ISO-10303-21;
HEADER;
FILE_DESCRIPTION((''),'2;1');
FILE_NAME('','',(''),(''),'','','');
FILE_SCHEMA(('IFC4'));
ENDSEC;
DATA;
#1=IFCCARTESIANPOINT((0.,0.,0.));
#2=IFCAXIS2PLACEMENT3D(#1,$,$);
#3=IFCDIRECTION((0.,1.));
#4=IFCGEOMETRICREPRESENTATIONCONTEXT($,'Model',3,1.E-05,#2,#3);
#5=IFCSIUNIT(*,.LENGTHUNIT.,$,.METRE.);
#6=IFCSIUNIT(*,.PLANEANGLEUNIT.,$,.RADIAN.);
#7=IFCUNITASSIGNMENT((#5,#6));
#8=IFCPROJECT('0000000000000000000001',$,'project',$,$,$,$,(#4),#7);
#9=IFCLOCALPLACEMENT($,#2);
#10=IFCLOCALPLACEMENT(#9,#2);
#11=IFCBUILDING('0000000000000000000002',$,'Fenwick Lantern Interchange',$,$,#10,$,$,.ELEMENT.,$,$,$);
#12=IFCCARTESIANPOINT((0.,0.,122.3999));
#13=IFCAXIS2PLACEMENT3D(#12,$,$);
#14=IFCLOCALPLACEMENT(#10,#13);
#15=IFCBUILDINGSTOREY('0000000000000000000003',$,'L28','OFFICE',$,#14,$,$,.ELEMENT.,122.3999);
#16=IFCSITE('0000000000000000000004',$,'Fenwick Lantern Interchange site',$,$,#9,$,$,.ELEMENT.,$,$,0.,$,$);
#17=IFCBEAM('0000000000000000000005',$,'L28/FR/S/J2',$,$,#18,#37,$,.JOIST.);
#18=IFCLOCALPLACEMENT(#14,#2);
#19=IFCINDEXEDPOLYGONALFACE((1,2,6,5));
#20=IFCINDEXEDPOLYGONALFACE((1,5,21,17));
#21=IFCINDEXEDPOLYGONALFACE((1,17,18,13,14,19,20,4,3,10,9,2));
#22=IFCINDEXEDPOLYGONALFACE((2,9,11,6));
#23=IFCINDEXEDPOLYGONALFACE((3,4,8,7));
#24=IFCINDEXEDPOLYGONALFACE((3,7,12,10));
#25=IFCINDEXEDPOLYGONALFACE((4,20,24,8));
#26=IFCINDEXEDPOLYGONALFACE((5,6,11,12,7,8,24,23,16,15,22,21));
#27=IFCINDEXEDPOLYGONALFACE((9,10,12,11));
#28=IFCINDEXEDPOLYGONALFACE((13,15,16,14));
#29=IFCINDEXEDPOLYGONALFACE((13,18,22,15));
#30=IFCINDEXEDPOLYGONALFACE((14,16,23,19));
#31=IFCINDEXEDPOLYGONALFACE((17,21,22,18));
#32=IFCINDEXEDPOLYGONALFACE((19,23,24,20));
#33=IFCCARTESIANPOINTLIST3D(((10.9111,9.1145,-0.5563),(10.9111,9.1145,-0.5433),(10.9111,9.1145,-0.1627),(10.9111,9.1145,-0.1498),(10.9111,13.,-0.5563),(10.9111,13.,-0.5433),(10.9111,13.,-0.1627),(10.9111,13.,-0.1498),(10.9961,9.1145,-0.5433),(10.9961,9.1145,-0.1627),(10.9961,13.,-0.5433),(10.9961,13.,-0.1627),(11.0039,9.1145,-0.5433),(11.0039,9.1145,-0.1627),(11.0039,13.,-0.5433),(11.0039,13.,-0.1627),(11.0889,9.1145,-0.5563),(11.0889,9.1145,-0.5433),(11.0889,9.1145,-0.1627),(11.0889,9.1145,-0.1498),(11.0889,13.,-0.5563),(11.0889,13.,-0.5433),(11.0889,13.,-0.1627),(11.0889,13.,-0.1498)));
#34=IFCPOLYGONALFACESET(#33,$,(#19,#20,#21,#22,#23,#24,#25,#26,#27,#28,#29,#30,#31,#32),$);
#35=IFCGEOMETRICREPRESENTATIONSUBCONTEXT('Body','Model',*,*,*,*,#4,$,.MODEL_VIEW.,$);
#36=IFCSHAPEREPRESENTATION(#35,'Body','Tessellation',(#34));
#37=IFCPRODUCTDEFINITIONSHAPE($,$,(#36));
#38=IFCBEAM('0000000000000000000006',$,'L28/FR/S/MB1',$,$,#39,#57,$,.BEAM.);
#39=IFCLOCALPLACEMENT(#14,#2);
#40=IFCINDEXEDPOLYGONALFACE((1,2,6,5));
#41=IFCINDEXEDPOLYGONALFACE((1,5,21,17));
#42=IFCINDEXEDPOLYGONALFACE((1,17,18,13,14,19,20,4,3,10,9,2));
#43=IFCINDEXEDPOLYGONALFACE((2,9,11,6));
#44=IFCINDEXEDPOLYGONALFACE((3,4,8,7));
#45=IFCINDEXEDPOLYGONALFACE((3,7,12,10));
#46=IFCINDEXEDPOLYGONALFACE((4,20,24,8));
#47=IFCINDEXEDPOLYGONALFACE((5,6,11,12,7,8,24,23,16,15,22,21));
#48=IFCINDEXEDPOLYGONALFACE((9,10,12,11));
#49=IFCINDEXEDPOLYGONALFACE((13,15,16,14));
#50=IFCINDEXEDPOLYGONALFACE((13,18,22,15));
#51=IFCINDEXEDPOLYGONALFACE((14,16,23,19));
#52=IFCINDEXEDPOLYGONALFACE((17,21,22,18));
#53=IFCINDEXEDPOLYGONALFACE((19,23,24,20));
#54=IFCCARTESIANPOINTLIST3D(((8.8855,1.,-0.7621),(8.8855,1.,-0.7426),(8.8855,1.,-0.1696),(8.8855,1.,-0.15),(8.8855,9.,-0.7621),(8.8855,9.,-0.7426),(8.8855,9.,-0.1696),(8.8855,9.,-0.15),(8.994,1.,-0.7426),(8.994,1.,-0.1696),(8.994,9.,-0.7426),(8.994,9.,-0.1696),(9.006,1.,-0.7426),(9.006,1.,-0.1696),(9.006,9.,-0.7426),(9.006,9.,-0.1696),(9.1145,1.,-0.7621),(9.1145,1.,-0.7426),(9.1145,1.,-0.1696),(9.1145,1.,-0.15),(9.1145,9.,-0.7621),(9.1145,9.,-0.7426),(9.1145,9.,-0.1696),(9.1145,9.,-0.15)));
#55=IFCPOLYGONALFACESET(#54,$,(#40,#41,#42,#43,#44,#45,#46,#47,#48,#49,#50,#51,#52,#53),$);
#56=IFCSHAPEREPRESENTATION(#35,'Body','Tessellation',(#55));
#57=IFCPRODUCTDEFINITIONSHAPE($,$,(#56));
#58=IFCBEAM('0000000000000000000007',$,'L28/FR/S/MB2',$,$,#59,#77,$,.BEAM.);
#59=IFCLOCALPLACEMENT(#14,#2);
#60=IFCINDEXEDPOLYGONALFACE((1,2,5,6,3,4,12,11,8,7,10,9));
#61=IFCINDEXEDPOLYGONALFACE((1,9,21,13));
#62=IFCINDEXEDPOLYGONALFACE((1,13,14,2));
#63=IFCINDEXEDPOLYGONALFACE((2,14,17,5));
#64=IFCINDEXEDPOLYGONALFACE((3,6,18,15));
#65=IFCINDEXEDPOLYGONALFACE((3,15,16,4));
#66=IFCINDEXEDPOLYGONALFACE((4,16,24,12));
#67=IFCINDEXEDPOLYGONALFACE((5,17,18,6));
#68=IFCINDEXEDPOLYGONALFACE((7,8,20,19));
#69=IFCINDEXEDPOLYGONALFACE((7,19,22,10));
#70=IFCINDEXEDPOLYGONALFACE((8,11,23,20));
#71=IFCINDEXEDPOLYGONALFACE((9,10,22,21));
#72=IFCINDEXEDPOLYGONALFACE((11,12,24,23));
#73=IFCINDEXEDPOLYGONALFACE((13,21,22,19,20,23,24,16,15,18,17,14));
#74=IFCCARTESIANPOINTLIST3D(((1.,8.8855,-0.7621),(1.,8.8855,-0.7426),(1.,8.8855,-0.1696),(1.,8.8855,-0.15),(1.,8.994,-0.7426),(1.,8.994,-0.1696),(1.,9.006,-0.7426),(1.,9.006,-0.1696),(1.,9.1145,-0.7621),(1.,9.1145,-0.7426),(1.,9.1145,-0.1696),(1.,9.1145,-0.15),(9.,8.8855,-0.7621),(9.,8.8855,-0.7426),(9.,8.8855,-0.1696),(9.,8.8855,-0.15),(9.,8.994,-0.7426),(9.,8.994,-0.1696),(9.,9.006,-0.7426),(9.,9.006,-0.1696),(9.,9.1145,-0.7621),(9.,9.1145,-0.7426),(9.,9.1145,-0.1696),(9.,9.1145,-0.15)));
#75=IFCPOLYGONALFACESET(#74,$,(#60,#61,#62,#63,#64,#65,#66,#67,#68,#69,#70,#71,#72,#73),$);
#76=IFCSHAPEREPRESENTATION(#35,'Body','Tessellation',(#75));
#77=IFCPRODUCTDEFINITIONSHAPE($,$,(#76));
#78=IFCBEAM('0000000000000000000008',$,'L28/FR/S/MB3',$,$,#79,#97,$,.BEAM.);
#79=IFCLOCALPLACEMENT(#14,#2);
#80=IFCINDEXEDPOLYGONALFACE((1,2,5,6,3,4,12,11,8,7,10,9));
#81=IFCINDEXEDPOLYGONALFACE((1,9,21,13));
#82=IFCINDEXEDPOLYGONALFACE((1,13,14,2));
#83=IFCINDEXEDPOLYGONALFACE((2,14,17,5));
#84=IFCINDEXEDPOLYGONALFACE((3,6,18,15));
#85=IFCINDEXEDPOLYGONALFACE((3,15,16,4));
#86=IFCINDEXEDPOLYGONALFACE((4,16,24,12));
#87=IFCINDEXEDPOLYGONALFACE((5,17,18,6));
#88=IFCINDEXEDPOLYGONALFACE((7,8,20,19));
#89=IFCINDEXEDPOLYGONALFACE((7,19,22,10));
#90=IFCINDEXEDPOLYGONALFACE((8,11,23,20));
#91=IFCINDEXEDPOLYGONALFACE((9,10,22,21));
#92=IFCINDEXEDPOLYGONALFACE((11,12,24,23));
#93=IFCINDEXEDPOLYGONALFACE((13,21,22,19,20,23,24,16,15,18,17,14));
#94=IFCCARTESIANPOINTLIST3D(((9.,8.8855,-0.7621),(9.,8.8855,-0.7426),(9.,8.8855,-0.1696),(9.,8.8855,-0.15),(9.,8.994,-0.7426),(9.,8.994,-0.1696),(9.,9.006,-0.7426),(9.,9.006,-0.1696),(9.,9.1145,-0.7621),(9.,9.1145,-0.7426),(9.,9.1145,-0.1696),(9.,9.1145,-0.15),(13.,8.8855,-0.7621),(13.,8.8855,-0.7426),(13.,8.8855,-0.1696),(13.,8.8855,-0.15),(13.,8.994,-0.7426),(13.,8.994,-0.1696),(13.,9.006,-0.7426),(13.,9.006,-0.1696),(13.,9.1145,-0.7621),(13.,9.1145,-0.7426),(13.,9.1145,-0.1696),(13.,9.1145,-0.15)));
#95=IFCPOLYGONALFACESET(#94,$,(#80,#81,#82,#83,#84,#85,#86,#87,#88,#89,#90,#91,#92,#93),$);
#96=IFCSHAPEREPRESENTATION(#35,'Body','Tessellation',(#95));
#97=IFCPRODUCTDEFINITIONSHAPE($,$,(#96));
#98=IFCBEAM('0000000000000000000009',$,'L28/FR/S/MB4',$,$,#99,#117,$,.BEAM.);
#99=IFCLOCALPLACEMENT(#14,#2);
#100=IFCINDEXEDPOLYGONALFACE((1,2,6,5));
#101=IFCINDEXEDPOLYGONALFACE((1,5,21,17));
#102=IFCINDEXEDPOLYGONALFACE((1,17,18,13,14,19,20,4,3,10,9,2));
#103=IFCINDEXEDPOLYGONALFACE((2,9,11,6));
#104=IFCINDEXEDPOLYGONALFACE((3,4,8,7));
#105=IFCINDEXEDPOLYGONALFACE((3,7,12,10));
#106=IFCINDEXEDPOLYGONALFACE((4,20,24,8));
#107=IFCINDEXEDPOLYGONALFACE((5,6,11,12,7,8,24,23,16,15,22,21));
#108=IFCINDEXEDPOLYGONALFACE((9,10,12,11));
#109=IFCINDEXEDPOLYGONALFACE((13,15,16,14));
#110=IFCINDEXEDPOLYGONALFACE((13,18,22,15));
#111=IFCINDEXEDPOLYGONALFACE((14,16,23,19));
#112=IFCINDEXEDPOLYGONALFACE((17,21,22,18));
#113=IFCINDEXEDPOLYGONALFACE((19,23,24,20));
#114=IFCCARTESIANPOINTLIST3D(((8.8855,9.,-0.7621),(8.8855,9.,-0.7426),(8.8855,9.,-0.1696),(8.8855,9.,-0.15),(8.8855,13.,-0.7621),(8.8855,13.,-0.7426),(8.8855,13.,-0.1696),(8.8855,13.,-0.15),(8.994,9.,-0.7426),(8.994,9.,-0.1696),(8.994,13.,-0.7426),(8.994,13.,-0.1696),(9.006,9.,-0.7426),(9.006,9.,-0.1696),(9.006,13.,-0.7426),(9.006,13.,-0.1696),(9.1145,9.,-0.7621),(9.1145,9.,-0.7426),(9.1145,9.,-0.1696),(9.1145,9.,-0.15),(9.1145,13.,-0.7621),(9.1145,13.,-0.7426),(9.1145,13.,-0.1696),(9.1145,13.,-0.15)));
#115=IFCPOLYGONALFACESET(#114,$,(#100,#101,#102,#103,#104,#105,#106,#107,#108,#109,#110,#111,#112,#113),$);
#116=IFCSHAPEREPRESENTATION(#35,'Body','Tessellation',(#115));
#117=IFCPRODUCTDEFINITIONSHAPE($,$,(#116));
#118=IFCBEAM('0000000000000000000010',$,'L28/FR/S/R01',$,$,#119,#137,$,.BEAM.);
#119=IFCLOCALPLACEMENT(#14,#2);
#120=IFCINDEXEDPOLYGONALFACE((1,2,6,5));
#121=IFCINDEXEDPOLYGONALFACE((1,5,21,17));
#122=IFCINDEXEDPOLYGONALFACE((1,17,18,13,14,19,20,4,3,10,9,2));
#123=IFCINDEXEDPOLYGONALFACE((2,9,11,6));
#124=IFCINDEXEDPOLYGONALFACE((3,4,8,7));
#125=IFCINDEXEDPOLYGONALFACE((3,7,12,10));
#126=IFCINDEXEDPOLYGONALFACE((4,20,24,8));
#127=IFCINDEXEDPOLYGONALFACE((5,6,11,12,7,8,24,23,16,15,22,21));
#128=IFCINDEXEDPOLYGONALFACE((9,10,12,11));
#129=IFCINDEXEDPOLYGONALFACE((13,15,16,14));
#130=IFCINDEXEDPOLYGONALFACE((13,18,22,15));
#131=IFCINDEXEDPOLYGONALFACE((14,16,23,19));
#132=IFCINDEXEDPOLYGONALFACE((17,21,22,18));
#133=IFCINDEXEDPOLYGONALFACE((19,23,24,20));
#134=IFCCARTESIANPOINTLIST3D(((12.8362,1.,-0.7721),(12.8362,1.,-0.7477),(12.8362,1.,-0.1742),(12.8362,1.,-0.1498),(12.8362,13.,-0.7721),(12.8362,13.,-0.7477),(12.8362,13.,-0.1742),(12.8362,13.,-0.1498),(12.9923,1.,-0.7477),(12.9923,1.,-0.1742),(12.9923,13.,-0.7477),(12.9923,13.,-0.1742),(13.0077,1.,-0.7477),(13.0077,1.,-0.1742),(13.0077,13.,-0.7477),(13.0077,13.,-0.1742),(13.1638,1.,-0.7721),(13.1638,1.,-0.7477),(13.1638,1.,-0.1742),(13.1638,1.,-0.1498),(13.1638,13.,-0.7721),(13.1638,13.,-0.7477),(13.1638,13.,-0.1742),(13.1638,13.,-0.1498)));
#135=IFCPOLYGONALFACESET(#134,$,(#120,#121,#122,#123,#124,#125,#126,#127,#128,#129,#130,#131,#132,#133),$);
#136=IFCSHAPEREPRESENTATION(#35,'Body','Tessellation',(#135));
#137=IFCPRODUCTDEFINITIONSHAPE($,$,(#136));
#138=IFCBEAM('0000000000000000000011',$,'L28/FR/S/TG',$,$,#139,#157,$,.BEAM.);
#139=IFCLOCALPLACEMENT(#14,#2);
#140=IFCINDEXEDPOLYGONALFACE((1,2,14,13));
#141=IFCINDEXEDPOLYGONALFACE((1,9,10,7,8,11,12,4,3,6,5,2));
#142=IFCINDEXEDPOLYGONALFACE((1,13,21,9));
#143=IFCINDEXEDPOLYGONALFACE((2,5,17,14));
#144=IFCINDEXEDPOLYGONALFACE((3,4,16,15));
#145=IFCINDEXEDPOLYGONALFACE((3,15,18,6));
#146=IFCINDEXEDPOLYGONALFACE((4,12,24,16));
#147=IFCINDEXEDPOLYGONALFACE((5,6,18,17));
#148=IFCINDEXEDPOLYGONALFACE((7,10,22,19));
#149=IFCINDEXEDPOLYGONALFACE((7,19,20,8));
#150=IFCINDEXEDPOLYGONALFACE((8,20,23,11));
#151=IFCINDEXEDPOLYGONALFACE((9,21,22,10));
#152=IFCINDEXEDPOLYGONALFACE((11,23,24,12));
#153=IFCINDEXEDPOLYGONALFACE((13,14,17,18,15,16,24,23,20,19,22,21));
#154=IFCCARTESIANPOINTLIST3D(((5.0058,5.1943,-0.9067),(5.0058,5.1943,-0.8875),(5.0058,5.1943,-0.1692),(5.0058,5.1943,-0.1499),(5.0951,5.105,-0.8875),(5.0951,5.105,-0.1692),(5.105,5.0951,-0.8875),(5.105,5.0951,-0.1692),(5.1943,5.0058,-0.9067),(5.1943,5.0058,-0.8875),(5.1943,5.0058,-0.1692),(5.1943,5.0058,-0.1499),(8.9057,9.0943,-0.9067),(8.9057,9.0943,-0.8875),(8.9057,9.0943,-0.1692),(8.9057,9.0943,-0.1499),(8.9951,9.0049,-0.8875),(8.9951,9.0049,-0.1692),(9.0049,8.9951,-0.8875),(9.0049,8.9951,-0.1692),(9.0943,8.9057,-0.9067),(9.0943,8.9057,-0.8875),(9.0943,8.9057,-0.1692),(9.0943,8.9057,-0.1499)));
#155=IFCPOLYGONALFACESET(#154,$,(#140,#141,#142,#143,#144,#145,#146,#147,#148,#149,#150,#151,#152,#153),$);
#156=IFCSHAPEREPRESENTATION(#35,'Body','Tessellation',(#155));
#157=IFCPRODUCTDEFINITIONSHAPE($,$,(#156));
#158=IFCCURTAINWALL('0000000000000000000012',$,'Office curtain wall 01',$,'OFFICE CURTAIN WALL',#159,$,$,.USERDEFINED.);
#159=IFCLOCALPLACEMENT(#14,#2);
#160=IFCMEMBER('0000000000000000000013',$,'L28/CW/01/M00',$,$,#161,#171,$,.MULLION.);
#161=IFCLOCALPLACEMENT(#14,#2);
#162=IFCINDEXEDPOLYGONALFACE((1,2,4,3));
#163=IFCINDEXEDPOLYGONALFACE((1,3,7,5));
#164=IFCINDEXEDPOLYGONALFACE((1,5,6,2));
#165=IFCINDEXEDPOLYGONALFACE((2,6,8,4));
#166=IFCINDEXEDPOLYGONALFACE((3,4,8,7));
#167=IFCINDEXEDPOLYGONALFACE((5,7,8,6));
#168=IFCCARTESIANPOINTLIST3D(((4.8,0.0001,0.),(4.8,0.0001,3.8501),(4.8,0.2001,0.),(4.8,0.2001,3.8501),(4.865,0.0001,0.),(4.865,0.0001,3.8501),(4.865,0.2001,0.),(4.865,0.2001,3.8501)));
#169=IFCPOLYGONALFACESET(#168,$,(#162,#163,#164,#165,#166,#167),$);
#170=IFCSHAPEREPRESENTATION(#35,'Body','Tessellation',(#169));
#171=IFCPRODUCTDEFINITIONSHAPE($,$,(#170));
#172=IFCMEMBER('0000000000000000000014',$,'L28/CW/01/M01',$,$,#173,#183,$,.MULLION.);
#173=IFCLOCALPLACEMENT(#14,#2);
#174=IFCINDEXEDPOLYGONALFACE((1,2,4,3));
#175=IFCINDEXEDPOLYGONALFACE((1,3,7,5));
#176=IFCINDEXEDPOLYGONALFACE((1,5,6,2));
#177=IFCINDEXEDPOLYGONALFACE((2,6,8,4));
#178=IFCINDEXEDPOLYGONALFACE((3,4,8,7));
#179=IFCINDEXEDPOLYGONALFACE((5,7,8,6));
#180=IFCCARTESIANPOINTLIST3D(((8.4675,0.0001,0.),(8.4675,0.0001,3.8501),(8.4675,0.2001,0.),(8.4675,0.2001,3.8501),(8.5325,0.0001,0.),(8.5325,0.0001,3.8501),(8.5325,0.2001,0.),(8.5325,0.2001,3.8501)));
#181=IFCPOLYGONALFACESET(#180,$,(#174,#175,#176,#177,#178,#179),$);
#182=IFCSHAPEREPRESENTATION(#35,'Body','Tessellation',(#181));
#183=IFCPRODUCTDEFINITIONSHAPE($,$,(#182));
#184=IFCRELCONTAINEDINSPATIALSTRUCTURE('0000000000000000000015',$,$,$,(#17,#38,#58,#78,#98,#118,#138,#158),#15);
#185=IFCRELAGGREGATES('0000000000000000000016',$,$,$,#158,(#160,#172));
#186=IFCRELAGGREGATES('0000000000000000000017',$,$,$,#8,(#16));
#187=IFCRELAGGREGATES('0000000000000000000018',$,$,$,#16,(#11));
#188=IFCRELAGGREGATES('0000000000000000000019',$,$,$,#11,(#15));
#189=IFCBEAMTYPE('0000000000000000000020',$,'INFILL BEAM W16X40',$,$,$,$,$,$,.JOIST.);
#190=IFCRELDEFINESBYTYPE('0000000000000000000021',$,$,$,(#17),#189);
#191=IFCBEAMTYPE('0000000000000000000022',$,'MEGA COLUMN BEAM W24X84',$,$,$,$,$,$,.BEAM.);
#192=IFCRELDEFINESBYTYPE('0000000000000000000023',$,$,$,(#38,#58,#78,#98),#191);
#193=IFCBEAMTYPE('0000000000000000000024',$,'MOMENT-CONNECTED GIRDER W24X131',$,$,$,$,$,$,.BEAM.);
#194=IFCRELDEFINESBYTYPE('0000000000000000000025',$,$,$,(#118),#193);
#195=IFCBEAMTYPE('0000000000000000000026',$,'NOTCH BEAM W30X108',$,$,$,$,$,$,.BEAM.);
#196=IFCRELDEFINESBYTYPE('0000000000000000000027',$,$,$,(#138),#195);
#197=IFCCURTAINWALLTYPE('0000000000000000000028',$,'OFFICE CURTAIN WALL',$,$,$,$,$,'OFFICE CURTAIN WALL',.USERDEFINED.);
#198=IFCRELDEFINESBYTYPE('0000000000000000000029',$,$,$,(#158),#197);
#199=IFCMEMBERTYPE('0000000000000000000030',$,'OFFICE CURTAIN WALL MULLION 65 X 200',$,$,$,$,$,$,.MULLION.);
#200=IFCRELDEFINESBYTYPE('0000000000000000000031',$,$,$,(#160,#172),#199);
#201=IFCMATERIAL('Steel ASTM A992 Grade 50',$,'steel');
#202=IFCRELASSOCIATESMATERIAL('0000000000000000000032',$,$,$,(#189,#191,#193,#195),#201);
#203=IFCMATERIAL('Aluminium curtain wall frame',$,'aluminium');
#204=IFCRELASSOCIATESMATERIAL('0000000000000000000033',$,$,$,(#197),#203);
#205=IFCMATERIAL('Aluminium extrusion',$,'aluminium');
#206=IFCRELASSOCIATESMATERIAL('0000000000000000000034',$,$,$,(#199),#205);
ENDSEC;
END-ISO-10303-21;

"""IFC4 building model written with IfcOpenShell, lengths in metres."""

from ifc_helpers import new_model, si_unit, direction, frame, origin, origin_2d, place, context, subcontext, project, spatial, rectangle, i_section, extrude, material, material_profile, profile_set, type_object, element, aggregate, save


model = new_model("IFC4")

# Units and contexts
model_context = context("Model", 3, precision=1e-05, world=origin(), true_north=direction((0.0, 1.0)))
body_context = subcontext(model_context, "Body", "Model", "MODEL_VIEW")
ifc_project = project(units=[si_unit("LENGTHUNIT", "METRE"), si_unit("PLANEANGLEUNIT", "RADIAN")], contexts=[model_context])

# Site, building, storey
site_placement = place(None, origin())
site = spatial("IfcSite", under=ifc_project, at=site_placement, Name="Fenwick Lantern Interchange site", CompositionType="ELEMENT", RefElevation=0.0)
building_placement = place(site_placement, origin())
building = spatial("IfcBuilding", under=site, at=building_placement, Name="Fenwick Lantern Interchange", CompositionType="ELEMENT")
storey_placement = place(building_placement, frame((0.0, 0.0, 122.3999)))
storey = spatial("IfcBuildingStorey", under=building, at=storey_placement, Name="L28", Description="OFFICE", CompositionType="ELEMENT", Elevation=122.3999)

# Shared definitions
ifc_material_1 = material(Name="Steel ASTM A992 Grade 50", Category="steel")

# Beams
ifc_material_profile_1 = material_profile(ifc_material_1, i_section(OverallWidth=0.1777, OverallDepth=0.4065, WebThickness=0.0078, FlangeThickness=0.0129, at=origin_2d()), Name="W16X40")
ifc_profile_set_1 = profile_set([ifc_material_profile_1], Name="Steel ASTM A992 Grade 50")
beam_type_1 = type_object("IfcBeamType", Name="INFILL BEAM W16X40", PredefinedType="JOIST", material=ifc_profile_set_1)
beam_1_placement = place(storey_placement, frame((11.0, 9.1145, -0.353), z_axis=(0.0, 1.0, 0.0), x_axis=(-1.0, 0.0, 0.0)))
element("IfcBeam", 1, at=beam_1_placement, inside=storey, type_object=beam_type_1, Name="L28/FR/S/J2", PredefinedType="JOIST", context=body_context, shape_type="SweptSolid", body=[
    extrude(i_section(OverallWidth=0.1777, OverallDepth=0.4065, WebThickness=0.0078, FlangeThickness=0.0129, at=origin_2d()), origin(), (0.0, 0.0, 1.0), 3.8855),
])
ifc_material_profile_2 = material_profile(ifc_material_1, i_section(OverallWidth=0.229, OverallDepth=0.6121, WebThickness=0.012, FlangeThickness=0.0195, at=origin_2d()), Name="W24X84")
ifc_profile_set_2 = profile_set([ifc_material_profile_2], Name="Steel ASTM A992 Grade 50")
beam_type_2 = type_object("IfcBeamType", Name="MEGA COLUMN BEAM W24X84", PredefinedType="BEAM", material=ifc_profile_set_2)
for number, where, z_axis, x_axis, name in (
    (2, (9.0, 9.0, -0.4561), (0.0, -1.0, 0.0), (1.0, 0.0, 0.0), "L28/FR/S/MB1"),
    (3, (9.0, 9.0, -0.4561), (-1.0, 0.0, 0.0), (0.0, -1.0, 0.0), "L28/FR/S/MB2"),
):
    element("IfcBeam", number, at=place(storey_placement, frame(where, z_axis=z_axis, x_axis=x_axis)), inside=storey, type_object=beam_type_2, Name=name, PredefinedType="BEAM", context=body_context, shape_type="SweptSolid", body=[
        extrude(i_section(OverallWidth=0.229, OverallDepth=0.6121, WebThickness=0.012, FlangeThickness=0.0195, at=origin_2d()), origin(), (0.0, 0.0, 1.0), 8.0),
    ])
for number, where, z_axis, x_axis, name in (
    (4, (9.0, 9.0, -0.4561), (1.0, 0.0, 0.0), (0.0, 1.0, 0.0), "L28/FR/S/MB3"),
    (5, (9.0, 9.0, -0.4561), (0.0, 1.0, 0.0), (-1.0, 0.0, 0.0), "L28/FR/S/MB4"),
):
    element("IfcBeam", number, at=place(storey_placement, frame(where, z_axis=z_axis, x_axis=x_axis)), inside=storey, type_object=beam_type_2, Name=name, PredefinedType="BEAM", context=body_context, shape_type="SweptSolid", body=[
        extrude(i_section(OverallWidth=0.229, OverallDepth=0.6121, WebThickness=0.012, FlangeThickness=0.0195, at=origin_2d()), origin(), (0.0, 0.0, 1.0), 4.0),
    ])
ifc_material_profile_3 = material_profile(ifc_material_1, i_section(OverallWidth=0.3276, OverallDepth=0.6223, WebThickness=0.0154, FlangeThickness=0.0244, at=origin_2d()), Name="W24X131")
ifc_profile_set_3 = profile_set([ifc_material_profile_3], Name="Steel ASTM A992 Grade 50")
beam_type_3 = type_object("IfcBeamType", Name="MOMENT-CONNECTED GIRDER W24X131", PredefinedType="BEAM", material=ifc_profile_set_3)
beam_2_placement = place(storey_placement, frame((13.0, 1.0, -0.4609), z_axis=(0.0, 1.0, 0.0), x_axis=(-1.0, 0.0, 0.0)))
element("IfcBeam", 6, at=beam_2_placement, inside=storey, type_object=beam_type_3, Name="L28/FR/S/R01", PredefinedType="BEAM", context=body_context, shape_type="SweptSolid", body=[
    extrude(i_section(OverallWidth=0.3276, OverallDepth=0.6223, WebThickness=0.0154, FlangeThickness=0.0244, at=origin_2d()), origin(), (0.0, 0.0, 1.0), 12.0),
])
ifc_material_profile_4 = material_profile(ifc_material_1, i_section(OverallWidth=0.2666, OverallDepth=0.7568, WebThickness=0.0139, FlangeThickness=0.0193, at=origin_2d()), Name="W30X108")
ifc_profile_set_4 = profile_set([ifc_material_profile_4], Name="Steel ASTM A992 Grade 50")
beam_type_4 = type_object("IfcBeamType", Name="NOTCH BEAM W30X108", PredefinedType="BEAM", material=ifc_profile_set_4)
beam_3_placement = place(storey_placement, frame((9.0, 9.0, -0.5283), z_axis=(-0.707107, -0.707107, 0.0), x_axis=(0.707107, -0.707107, 0.0)))
element("IfcBeam", 7, at=beam_3_placement, inside=storey, type_object=beam_type_4, Name="L28/FR/S/TG", PredefinedType="BEAM", context=body_context, shape_type="SweptSolid", body=[
    extrude(i_section(OverallWidth=0.2666, OverallDepth=0.7568, WebThickness=0.0139, FlangeThickness=0.0193, at=origin_2d()), origin(), (0.0, 0.0, 1.0), 5.5154),
])

# Curtain wall, members
ifc_material_2 = material(Name="Aluminium curtain wall frame", Category="aluminium")
curtain_wall_type = type_object("IfcCurtainWallType", Name="OFFICE CURTAIN WALL", ElementType="OFFICE CURTAIN WALL", PredefinedType="USERDEFINED", material=ifc_material_2)
curtain_wall_1_placement = place(storey_placement, origin())
curtain_wall_1 = element("IfcCurtainWall", 8, at=curtain_wall_1_placement, inside=storey, type_object=curtain_wall_type, Name="Office curtain wall 01", ObjectType="OFFICE CURTAIN WALL", PredefinedType="USERDEFINED")
ifc_material_3 = material(Name="Aluminium extrusion", Category="aluminium")
ifc_material_profile_5 = material_profile(ifc_material_3, rectangle(XDim=0.2, YDim=0.0649, at=origin_2d()), Name="OFFICE CURTAIN WALL MULLION 65 X 200")
ifc_profile_set_5 = profile_set([ifc_material_profile_5], Name="Aluminium extrusion")
member_type_1 = type_object("IfcMemberType", Name="OFFICE CURTAIN WALL MULLION 65 X 200", PredefinedType="MULLION", material=ifc_profile_set_5)
member_1_placement = place(storey_placement, frame((4.8325, 0.1001, 0.0), z_axis=(0.0, 0.0, 1.0), x_axis=(0.0, 1.0, 0.0)))
member_1 = element("IfcMember", 9, at=member_1_placement, type_object=member_type_1, Name="L28/CW/01/M00", PredefinedType="MULLION", context=body_context, shape_type="SweptSolid", body=[
    extrude(rectangle(XDim=0.2, YDim=0.0649, at=origin_2d()), origin(), (0.0, 0.0, 1.0), 3.8501),
])
member_2_placement = place(storey_placement, frame((8.5, 0.1001, 0.0), z_axis=(0.0, 0.0, 1.0), x_axis=(0.0, 1.0, 0.0)))
member_2 = element("IfcMember", 10, at=member_2_placement, type_object=member_type_1, Name="L28/CW/01/M01", PredefinedType="MULLION", context=body_context, shape_type="SweptSolid", body=[
    extrude(rectangle(XDim=0.2, YDim=0.0649, at=origin_2d()), origin(), (0.0, 0.0, 1.0), 3.8501),
])

aggregate(curtain_wall_1, [member_1, member_2])

save(model, "model.ifc")
